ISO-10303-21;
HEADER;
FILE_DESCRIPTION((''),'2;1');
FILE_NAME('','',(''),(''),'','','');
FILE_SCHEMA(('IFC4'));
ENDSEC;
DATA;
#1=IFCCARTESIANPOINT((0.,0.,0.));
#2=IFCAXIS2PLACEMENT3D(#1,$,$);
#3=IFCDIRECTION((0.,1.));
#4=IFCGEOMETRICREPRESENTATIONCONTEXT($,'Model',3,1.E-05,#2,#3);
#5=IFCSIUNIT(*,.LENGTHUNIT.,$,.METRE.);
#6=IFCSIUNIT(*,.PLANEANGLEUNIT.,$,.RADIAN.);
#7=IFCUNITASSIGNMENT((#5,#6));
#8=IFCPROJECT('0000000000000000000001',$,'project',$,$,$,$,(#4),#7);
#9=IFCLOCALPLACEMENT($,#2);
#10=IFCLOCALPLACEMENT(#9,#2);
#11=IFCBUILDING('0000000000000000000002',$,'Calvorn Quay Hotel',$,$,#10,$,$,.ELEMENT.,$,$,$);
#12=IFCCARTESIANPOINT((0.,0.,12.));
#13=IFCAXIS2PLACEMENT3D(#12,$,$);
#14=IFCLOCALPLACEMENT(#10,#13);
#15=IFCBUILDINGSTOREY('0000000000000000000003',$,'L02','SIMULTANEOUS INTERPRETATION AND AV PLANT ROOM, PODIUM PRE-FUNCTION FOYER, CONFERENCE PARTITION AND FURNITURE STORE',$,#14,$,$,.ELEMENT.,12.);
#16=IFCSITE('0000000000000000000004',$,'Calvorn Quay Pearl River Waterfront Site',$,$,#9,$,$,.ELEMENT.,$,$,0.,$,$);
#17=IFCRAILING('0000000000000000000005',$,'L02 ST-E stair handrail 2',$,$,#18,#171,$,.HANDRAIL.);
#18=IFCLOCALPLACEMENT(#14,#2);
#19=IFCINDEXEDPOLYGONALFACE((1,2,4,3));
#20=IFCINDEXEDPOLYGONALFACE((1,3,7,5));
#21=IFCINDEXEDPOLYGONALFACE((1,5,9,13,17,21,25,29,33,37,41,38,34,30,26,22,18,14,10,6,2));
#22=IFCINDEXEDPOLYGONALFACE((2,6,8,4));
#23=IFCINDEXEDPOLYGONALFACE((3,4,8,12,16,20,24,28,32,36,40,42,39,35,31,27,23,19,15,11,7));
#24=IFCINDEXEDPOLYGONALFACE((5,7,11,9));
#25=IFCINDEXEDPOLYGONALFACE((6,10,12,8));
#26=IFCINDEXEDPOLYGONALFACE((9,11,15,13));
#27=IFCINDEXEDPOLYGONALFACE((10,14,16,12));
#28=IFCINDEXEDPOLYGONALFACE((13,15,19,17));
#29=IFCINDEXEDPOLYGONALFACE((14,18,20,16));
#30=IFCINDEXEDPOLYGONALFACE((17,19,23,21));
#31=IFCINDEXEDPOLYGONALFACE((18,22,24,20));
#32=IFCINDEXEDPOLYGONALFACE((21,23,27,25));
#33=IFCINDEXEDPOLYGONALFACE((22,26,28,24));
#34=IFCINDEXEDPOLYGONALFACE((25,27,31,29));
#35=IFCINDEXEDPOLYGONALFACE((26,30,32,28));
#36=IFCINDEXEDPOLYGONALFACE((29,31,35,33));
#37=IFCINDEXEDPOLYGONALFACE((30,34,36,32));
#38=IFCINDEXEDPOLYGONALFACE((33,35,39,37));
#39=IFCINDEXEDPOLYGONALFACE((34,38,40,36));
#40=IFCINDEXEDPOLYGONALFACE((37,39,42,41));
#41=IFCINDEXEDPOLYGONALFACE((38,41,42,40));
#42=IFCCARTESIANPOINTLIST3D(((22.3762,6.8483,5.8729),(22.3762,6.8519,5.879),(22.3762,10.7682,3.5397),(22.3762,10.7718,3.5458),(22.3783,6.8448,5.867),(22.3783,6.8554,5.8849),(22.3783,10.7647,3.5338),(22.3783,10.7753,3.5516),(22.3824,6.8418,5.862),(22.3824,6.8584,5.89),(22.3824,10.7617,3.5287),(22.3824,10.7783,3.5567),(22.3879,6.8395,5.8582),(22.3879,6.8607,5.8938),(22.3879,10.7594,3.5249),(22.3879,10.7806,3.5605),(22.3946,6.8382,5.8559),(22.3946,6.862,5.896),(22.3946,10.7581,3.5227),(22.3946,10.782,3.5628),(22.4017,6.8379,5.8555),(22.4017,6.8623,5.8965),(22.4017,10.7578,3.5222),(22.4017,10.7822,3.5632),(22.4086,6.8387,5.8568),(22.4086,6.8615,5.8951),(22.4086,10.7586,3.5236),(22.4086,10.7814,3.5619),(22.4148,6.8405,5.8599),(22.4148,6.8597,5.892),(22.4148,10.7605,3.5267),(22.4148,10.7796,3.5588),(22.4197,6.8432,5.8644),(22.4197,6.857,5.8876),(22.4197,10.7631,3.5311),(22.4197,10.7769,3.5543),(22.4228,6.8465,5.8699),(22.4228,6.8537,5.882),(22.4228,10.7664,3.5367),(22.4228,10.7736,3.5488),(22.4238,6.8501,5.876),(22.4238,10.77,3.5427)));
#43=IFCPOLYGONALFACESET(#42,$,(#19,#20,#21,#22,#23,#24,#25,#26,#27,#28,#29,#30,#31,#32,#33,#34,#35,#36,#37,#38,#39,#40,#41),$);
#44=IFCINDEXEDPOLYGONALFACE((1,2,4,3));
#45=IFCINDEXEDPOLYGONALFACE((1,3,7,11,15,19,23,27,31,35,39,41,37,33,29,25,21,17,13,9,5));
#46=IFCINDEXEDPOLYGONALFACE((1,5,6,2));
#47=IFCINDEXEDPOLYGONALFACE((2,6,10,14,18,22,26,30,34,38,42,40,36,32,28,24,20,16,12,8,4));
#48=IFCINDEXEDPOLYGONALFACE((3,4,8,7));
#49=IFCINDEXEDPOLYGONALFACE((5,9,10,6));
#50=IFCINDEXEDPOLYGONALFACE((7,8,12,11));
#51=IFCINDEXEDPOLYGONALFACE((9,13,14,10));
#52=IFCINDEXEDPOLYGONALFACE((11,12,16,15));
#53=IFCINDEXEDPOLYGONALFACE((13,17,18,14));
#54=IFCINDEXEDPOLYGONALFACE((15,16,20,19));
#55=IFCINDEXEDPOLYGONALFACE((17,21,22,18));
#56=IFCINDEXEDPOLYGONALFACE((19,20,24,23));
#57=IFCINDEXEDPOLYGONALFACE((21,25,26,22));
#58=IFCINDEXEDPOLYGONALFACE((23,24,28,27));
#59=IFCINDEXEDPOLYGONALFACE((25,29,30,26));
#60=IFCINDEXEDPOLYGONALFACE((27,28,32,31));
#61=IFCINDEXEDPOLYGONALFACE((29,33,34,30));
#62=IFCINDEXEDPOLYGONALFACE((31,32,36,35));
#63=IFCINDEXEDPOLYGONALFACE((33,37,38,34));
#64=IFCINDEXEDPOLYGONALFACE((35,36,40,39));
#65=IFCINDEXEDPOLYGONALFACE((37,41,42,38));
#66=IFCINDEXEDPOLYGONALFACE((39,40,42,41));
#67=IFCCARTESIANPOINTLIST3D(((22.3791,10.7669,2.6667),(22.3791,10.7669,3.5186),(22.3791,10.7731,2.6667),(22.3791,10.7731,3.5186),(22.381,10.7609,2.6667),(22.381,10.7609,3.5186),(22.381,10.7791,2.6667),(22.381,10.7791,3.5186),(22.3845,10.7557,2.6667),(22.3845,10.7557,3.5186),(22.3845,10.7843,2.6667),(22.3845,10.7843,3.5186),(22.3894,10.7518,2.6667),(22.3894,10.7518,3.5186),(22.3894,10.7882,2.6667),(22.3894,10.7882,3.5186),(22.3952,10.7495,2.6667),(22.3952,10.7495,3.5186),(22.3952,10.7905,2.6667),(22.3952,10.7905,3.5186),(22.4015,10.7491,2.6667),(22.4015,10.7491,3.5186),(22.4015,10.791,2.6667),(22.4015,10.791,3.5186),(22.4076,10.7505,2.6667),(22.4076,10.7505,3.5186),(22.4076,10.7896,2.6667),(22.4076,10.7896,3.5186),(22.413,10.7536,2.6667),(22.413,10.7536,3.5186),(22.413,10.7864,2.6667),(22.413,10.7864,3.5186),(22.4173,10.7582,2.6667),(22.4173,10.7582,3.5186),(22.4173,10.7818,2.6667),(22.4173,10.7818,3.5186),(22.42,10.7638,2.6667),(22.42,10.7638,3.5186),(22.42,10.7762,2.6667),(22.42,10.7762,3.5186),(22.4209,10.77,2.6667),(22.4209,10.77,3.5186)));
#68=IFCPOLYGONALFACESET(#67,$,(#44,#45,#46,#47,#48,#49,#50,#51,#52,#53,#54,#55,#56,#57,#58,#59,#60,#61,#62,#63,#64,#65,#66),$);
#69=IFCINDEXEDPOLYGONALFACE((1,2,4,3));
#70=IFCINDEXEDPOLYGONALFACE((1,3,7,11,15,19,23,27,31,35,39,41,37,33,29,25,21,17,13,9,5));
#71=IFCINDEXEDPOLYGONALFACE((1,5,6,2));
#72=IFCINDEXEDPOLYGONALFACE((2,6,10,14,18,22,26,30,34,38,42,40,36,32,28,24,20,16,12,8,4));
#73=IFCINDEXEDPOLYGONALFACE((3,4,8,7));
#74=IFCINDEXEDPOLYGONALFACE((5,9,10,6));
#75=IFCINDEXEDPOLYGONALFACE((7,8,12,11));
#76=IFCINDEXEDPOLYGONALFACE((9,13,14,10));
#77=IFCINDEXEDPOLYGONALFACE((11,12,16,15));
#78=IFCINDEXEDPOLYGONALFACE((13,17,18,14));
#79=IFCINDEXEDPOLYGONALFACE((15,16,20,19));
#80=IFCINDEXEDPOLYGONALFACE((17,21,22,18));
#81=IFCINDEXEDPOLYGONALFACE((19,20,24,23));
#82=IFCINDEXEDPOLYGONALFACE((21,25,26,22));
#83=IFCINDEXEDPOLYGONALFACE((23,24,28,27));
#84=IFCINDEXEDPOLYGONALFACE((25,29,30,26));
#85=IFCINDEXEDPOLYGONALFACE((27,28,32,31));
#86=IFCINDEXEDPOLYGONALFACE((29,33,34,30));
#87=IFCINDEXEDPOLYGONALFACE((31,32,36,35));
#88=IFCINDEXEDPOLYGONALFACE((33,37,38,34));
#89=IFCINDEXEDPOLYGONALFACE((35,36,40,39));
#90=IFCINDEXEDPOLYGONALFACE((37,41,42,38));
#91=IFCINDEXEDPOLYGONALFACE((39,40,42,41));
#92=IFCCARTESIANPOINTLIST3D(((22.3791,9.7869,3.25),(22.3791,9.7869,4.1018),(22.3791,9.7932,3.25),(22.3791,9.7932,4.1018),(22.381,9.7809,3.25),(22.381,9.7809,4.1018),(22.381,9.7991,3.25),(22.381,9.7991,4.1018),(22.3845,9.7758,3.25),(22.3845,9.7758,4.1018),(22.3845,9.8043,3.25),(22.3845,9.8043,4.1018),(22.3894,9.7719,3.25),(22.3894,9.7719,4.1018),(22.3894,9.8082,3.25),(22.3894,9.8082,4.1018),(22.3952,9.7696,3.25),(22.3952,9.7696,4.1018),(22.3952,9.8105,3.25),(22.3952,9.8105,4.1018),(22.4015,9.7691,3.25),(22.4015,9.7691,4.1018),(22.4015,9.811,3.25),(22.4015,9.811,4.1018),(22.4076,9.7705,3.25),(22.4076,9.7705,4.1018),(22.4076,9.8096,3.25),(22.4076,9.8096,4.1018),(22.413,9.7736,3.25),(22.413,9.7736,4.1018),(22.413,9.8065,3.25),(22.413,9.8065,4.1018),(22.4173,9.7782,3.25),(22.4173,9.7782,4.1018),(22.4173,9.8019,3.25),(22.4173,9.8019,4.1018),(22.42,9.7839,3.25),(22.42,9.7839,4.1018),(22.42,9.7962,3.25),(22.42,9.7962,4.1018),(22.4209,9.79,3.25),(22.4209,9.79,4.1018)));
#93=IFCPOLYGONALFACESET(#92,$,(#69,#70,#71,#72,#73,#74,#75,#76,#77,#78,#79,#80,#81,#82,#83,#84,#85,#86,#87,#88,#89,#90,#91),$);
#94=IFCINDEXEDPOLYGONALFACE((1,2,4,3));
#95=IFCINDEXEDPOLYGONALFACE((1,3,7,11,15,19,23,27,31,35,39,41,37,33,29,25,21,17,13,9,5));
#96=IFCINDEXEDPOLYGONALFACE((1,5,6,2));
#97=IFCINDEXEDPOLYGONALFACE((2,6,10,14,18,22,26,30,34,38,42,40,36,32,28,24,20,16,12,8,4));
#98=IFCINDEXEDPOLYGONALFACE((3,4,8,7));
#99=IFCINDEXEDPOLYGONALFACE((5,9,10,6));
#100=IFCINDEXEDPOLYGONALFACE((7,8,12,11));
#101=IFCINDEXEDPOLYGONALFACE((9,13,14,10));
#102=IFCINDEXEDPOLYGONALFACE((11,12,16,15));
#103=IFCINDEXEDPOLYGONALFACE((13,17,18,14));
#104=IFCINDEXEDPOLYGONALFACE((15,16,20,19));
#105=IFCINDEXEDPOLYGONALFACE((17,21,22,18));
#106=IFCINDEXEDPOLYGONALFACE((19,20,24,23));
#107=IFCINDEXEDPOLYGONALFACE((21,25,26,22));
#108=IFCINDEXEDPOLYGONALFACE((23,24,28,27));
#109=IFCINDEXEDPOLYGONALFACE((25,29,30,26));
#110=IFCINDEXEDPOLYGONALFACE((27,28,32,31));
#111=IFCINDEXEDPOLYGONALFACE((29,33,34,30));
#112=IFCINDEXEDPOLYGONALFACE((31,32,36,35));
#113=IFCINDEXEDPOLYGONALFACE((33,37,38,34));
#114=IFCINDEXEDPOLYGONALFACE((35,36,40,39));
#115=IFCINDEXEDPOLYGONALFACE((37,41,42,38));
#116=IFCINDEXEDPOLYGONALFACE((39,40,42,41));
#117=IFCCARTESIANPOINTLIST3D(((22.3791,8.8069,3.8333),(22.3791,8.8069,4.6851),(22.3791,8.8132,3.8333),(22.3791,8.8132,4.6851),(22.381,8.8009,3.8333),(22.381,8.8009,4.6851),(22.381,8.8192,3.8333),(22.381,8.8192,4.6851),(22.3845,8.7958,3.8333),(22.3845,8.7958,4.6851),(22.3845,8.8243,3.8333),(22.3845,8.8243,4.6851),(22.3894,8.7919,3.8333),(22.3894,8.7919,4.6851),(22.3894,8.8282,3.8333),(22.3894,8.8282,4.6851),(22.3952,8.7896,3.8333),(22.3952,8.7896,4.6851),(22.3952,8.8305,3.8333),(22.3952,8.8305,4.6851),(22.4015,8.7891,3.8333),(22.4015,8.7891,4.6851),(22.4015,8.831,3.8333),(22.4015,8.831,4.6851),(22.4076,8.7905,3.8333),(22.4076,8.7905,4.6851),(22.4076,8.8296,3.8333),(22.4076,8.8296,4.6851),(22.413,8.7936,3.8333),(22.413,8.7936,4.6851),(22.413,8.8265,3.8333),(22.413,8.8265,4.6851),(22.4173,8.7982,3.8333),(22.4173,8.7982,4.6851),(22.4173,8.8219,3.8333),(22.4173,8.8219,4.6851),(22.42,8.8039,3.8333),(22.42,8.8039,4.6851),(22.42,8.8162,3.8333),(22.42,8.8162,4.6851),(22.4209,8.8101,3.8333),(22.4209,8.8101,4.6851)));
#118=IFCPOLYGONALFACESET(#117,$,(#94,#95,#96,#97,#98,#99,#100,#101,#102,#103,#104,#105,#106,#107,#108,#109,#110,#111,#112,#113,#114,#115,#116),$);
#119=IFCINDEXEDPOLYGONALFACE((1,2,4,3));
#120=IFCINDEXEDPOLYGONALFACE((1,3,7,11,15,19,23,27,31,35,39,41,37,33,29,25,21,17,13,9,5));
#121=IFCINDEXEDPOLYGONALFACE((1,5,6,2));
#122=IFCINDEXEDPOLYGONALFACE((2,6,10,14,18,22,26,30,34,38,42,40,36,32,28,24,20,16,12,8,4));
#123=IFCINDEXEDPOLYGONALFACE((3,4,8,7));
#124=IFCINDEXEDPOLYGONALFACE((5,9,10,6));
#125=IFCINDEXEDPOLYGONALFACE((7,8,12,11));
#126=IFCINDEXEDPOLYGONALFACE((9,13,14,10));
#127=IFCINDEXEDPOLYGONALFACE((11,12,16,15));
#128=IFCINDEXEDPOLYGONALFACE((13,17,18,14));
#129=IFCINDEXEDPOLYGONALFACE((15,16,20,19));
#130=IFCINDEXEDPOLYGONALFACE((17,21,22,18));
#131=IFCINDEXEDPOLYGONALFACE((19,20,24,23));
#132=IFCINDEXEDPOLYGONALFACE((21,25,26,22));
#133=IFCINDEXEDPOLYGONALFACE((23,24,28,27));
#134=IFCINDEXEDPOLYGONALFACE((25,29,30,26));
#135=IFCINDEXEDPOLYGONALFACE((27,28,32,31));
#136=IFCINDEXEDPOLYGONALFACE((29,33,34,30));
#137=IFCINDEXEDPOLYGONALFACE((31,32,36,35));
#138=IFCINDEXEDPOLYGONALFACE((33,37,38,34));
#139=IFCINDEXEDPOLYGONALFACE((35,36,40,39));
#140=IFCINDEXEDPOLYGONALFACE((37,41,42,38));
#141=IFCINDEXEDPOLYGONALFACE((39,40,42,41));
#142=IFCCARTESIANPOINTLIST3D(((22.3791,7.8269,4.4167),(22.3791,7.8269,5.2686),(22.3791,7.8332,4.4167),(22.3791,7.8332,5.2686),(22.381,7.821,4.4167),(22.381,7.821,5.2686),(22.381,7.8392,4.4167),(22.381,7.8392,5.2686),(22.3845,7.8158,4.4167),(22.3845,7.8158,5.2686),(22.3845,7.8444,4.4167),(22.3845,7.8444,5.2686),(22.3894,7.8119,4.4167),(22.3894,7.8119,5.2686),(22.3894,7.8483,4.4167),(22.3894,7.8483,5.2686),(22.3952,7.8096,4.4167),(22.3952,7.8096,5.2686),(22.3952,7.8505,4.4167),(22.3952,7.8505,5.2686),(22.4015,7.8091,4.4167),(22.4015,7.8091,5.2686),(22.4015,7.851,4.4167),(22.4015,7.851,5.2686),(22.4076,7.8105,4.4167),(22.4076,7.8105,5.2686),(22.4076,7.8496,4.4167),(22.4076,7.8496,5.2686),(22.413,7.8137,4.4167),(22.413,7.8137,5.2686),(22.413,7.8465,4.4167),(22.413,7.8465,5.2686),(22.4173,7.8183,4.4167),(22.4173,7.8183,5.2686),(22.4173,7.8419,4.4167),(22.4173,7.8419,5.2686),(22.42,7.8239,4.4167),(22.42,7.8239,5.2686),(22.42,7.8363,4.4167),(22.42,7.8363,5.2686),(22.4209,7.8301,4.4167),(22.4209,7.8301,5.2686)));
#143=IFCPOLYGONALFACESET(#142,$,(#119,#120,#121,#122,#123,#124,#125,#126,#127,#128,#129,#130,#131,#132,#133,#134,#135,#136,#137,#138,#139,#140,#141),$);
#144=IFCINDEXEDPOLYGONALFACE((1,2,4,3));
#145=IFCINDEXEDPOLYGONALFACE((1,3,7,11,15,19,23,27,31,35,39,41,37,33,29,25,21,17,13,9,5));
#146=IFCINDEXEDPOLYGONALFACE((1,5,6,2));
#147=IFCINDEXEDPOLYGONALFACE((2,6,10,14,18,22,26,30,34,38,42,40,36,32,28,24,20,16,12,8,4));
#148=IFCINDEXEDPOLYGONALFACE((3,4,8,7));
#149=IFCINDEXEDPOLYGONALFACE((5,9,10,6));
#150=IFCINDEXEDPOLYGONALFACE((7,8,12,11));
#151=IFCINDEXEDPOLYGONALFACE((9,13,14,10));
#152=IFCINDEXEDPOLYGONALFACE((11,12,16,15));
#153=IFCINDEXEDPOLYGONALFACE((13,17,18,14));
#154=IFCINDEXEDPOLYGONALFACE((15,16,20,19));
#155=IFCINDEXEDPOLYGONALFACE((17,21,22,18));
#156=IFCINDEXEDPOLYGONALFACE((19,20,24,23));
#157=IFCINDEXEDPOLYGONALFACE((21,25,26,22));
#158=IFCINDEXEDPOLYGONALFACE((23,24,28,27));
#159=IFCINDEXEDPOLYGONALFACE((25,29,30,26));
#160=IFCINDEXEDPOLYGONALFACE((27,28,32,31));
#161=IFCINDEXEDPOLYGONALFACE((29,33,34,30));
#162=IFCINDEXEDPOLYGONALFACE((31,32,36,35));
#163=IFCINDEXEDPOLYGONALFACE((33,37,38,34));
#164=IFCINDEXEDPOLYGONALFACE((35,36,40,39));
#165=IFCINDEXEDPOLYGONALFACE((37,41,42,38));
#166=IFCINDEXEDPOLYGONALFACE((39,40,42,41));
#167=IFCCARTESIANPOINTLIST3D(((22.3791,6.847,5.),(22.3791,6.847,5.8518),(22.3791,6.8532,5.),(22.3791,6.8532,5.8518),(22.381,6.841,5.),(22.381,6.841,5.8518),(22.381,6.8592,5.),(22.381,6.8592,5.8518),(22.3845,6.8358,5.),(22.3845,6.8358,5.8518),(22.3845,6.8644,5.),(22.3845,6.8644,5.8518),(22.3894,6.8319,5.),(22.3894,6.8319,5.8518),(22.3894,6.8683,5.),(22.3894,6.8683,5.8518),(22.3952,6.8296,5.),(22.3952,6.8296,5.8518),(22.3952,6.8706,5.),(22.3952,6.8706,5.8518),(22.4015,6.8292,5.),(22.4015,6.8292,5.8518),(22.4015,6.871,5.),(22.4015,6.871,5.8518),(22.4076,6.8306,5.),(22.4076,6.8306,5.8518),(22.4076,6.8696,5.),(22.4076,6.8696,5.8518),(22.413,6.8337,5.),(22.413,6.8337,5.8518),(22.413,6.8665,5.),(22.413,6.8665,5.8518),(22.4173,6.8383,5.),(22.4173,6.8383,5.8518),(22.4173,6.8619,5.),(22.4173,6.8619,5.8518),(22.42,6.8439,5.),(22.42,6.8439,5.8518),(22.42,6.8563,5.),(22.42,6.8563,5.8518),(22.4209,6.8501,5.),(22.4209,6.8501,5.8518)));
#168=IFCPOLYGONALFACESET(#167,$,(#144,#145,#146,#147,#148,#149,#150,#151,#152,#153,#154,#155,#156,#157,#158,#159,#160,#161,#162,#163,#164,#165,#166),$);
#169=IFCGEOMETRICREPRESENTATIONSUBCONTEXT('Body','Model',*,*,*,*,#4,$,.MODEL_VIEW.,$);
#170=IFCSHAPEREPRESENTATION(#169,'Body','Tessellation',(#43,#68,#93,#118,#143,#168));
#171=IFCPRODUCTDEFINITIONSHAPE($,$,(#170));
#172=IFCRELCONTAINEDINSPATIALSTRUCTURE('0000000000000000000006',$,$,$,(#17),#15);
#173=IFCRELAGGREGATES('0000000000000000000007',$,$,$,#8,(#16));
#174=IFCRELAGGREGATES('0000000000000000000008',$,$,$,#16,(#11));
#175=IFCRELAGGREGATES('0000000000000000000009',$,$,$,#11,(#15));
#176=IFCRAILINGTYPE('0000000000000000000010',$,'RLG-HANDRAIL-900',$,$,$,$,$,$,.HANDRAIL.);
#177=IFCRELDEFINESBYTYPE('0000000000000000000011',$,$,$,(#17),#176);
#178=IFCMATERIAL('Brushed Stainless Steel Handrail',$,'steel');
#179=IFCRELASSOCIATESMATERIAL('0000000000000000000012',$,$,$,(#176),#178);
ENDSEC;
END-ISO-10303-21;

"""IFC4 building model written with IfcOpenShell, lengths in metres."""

from ifc_helpers import new_model, si_unit, direction, frame, origin, origin_2d, place, context, subcontext, project, spatial, circle, extrude, material, type_object, element, save


model = new_model("IFC4")

# Units and contexts
model_context = context("Model", 3, precision=1e-05, world=origin(), true_north=direction((0.0, 1.0)))
body_context = subcontext(model_context, "Body", "Model", "MODEL_VIEW")
ifc_project = project(units=[si_unit("LENGTHUNIT", "METRE"), si_unit("PLANEANGLEUNIT", "RADIAN")], contexts=[model_context])

# Site, building, storey
site_placement = place(None, origin())
site = spatial("IfcSite", under=ifc_project, at=site_placement, Name="Calvorn Quay Pearl River Waterfront Site", CompositionType="ELEMENT", RefElevation=0.0)
building_placement = place(site_placement, origin())
building = spatial("IfcBuilding", under=site, at=building_placement, Name="Calvorn Quay Hotel", CompositionType="ELEMENT")
storey_placement = place(building_placement, frame((0.0, 0.0, 12.0)))
storey = spatial("IfcBuildingStorey", under=building, at=storey_placement, Name="L02", Description="SIMULTANEOUS INTERPRETATION AND AV PLANT ROOM, PODIUM PRE-FUNCTION FOYER, CONFERENCE PARTITION AND FURNITURE STORE", CompositionType="ELEMENT", Elevation=12.0)

# Railing
ifc_material_1 = material(Name="Brushed Stainless Steel Handrail", Category="steel")
railing_type_1 = type_object("IfcRailingType", Name="RLG-HANDRAIL-900", PredefinedType="HANDRAIL", material=ifc_material_1)
railing_1_placement = place(storey_placement, frame((22.3999, 10.77, 2.6667)))
element("IfcRailing", 1, at=railing_1_placement, inside=storey, type_object=railing_type_1, Name="L02 ST-E stair handrail 2", PredefinedType="HANDRAIL", context=body_context, shape_type="SweptSolid", body=[
    extrude(circle(Radius=0.0239, at=origin_2d()), frame((0.0, 0.0, 0.876), z_axis=(0.0, -0.859296, 0.511478), x_axis=(1.0, 0.0, 0.0)), (0.0, 0.0, 1.0), 4.5618),
    extrude(circle(Radius=0.021, at=origin_2d()), origin(), (0.0, 0.0, 1.0), 0.8518),
    extrude(circle(Radius=0.021, at=origin_2d()), frame((0.0, -0.98, 0.5833)), (0.0, 0.0, 1.0), 0.8518),
    extrude(circle(Radius=0.021, at=origin_2d()), frame((0.0, -1.96, 1.1665)), (0.0, 0.0, 1.0), 0.8518),
    extrude(circle(Radius=0.021, at=origin_2d()), frame((0.0, -2.9399, 1.75)), (0.0, 0.0, 1.0), 0.8518),
    extrude(circle(Radius=0.021, at=origin_2d()), frame((0.0, -3.9199, 2.3333)), (0.0, 0.0, 1.0), 0.8518),
])

save(model, "model.ifc")
